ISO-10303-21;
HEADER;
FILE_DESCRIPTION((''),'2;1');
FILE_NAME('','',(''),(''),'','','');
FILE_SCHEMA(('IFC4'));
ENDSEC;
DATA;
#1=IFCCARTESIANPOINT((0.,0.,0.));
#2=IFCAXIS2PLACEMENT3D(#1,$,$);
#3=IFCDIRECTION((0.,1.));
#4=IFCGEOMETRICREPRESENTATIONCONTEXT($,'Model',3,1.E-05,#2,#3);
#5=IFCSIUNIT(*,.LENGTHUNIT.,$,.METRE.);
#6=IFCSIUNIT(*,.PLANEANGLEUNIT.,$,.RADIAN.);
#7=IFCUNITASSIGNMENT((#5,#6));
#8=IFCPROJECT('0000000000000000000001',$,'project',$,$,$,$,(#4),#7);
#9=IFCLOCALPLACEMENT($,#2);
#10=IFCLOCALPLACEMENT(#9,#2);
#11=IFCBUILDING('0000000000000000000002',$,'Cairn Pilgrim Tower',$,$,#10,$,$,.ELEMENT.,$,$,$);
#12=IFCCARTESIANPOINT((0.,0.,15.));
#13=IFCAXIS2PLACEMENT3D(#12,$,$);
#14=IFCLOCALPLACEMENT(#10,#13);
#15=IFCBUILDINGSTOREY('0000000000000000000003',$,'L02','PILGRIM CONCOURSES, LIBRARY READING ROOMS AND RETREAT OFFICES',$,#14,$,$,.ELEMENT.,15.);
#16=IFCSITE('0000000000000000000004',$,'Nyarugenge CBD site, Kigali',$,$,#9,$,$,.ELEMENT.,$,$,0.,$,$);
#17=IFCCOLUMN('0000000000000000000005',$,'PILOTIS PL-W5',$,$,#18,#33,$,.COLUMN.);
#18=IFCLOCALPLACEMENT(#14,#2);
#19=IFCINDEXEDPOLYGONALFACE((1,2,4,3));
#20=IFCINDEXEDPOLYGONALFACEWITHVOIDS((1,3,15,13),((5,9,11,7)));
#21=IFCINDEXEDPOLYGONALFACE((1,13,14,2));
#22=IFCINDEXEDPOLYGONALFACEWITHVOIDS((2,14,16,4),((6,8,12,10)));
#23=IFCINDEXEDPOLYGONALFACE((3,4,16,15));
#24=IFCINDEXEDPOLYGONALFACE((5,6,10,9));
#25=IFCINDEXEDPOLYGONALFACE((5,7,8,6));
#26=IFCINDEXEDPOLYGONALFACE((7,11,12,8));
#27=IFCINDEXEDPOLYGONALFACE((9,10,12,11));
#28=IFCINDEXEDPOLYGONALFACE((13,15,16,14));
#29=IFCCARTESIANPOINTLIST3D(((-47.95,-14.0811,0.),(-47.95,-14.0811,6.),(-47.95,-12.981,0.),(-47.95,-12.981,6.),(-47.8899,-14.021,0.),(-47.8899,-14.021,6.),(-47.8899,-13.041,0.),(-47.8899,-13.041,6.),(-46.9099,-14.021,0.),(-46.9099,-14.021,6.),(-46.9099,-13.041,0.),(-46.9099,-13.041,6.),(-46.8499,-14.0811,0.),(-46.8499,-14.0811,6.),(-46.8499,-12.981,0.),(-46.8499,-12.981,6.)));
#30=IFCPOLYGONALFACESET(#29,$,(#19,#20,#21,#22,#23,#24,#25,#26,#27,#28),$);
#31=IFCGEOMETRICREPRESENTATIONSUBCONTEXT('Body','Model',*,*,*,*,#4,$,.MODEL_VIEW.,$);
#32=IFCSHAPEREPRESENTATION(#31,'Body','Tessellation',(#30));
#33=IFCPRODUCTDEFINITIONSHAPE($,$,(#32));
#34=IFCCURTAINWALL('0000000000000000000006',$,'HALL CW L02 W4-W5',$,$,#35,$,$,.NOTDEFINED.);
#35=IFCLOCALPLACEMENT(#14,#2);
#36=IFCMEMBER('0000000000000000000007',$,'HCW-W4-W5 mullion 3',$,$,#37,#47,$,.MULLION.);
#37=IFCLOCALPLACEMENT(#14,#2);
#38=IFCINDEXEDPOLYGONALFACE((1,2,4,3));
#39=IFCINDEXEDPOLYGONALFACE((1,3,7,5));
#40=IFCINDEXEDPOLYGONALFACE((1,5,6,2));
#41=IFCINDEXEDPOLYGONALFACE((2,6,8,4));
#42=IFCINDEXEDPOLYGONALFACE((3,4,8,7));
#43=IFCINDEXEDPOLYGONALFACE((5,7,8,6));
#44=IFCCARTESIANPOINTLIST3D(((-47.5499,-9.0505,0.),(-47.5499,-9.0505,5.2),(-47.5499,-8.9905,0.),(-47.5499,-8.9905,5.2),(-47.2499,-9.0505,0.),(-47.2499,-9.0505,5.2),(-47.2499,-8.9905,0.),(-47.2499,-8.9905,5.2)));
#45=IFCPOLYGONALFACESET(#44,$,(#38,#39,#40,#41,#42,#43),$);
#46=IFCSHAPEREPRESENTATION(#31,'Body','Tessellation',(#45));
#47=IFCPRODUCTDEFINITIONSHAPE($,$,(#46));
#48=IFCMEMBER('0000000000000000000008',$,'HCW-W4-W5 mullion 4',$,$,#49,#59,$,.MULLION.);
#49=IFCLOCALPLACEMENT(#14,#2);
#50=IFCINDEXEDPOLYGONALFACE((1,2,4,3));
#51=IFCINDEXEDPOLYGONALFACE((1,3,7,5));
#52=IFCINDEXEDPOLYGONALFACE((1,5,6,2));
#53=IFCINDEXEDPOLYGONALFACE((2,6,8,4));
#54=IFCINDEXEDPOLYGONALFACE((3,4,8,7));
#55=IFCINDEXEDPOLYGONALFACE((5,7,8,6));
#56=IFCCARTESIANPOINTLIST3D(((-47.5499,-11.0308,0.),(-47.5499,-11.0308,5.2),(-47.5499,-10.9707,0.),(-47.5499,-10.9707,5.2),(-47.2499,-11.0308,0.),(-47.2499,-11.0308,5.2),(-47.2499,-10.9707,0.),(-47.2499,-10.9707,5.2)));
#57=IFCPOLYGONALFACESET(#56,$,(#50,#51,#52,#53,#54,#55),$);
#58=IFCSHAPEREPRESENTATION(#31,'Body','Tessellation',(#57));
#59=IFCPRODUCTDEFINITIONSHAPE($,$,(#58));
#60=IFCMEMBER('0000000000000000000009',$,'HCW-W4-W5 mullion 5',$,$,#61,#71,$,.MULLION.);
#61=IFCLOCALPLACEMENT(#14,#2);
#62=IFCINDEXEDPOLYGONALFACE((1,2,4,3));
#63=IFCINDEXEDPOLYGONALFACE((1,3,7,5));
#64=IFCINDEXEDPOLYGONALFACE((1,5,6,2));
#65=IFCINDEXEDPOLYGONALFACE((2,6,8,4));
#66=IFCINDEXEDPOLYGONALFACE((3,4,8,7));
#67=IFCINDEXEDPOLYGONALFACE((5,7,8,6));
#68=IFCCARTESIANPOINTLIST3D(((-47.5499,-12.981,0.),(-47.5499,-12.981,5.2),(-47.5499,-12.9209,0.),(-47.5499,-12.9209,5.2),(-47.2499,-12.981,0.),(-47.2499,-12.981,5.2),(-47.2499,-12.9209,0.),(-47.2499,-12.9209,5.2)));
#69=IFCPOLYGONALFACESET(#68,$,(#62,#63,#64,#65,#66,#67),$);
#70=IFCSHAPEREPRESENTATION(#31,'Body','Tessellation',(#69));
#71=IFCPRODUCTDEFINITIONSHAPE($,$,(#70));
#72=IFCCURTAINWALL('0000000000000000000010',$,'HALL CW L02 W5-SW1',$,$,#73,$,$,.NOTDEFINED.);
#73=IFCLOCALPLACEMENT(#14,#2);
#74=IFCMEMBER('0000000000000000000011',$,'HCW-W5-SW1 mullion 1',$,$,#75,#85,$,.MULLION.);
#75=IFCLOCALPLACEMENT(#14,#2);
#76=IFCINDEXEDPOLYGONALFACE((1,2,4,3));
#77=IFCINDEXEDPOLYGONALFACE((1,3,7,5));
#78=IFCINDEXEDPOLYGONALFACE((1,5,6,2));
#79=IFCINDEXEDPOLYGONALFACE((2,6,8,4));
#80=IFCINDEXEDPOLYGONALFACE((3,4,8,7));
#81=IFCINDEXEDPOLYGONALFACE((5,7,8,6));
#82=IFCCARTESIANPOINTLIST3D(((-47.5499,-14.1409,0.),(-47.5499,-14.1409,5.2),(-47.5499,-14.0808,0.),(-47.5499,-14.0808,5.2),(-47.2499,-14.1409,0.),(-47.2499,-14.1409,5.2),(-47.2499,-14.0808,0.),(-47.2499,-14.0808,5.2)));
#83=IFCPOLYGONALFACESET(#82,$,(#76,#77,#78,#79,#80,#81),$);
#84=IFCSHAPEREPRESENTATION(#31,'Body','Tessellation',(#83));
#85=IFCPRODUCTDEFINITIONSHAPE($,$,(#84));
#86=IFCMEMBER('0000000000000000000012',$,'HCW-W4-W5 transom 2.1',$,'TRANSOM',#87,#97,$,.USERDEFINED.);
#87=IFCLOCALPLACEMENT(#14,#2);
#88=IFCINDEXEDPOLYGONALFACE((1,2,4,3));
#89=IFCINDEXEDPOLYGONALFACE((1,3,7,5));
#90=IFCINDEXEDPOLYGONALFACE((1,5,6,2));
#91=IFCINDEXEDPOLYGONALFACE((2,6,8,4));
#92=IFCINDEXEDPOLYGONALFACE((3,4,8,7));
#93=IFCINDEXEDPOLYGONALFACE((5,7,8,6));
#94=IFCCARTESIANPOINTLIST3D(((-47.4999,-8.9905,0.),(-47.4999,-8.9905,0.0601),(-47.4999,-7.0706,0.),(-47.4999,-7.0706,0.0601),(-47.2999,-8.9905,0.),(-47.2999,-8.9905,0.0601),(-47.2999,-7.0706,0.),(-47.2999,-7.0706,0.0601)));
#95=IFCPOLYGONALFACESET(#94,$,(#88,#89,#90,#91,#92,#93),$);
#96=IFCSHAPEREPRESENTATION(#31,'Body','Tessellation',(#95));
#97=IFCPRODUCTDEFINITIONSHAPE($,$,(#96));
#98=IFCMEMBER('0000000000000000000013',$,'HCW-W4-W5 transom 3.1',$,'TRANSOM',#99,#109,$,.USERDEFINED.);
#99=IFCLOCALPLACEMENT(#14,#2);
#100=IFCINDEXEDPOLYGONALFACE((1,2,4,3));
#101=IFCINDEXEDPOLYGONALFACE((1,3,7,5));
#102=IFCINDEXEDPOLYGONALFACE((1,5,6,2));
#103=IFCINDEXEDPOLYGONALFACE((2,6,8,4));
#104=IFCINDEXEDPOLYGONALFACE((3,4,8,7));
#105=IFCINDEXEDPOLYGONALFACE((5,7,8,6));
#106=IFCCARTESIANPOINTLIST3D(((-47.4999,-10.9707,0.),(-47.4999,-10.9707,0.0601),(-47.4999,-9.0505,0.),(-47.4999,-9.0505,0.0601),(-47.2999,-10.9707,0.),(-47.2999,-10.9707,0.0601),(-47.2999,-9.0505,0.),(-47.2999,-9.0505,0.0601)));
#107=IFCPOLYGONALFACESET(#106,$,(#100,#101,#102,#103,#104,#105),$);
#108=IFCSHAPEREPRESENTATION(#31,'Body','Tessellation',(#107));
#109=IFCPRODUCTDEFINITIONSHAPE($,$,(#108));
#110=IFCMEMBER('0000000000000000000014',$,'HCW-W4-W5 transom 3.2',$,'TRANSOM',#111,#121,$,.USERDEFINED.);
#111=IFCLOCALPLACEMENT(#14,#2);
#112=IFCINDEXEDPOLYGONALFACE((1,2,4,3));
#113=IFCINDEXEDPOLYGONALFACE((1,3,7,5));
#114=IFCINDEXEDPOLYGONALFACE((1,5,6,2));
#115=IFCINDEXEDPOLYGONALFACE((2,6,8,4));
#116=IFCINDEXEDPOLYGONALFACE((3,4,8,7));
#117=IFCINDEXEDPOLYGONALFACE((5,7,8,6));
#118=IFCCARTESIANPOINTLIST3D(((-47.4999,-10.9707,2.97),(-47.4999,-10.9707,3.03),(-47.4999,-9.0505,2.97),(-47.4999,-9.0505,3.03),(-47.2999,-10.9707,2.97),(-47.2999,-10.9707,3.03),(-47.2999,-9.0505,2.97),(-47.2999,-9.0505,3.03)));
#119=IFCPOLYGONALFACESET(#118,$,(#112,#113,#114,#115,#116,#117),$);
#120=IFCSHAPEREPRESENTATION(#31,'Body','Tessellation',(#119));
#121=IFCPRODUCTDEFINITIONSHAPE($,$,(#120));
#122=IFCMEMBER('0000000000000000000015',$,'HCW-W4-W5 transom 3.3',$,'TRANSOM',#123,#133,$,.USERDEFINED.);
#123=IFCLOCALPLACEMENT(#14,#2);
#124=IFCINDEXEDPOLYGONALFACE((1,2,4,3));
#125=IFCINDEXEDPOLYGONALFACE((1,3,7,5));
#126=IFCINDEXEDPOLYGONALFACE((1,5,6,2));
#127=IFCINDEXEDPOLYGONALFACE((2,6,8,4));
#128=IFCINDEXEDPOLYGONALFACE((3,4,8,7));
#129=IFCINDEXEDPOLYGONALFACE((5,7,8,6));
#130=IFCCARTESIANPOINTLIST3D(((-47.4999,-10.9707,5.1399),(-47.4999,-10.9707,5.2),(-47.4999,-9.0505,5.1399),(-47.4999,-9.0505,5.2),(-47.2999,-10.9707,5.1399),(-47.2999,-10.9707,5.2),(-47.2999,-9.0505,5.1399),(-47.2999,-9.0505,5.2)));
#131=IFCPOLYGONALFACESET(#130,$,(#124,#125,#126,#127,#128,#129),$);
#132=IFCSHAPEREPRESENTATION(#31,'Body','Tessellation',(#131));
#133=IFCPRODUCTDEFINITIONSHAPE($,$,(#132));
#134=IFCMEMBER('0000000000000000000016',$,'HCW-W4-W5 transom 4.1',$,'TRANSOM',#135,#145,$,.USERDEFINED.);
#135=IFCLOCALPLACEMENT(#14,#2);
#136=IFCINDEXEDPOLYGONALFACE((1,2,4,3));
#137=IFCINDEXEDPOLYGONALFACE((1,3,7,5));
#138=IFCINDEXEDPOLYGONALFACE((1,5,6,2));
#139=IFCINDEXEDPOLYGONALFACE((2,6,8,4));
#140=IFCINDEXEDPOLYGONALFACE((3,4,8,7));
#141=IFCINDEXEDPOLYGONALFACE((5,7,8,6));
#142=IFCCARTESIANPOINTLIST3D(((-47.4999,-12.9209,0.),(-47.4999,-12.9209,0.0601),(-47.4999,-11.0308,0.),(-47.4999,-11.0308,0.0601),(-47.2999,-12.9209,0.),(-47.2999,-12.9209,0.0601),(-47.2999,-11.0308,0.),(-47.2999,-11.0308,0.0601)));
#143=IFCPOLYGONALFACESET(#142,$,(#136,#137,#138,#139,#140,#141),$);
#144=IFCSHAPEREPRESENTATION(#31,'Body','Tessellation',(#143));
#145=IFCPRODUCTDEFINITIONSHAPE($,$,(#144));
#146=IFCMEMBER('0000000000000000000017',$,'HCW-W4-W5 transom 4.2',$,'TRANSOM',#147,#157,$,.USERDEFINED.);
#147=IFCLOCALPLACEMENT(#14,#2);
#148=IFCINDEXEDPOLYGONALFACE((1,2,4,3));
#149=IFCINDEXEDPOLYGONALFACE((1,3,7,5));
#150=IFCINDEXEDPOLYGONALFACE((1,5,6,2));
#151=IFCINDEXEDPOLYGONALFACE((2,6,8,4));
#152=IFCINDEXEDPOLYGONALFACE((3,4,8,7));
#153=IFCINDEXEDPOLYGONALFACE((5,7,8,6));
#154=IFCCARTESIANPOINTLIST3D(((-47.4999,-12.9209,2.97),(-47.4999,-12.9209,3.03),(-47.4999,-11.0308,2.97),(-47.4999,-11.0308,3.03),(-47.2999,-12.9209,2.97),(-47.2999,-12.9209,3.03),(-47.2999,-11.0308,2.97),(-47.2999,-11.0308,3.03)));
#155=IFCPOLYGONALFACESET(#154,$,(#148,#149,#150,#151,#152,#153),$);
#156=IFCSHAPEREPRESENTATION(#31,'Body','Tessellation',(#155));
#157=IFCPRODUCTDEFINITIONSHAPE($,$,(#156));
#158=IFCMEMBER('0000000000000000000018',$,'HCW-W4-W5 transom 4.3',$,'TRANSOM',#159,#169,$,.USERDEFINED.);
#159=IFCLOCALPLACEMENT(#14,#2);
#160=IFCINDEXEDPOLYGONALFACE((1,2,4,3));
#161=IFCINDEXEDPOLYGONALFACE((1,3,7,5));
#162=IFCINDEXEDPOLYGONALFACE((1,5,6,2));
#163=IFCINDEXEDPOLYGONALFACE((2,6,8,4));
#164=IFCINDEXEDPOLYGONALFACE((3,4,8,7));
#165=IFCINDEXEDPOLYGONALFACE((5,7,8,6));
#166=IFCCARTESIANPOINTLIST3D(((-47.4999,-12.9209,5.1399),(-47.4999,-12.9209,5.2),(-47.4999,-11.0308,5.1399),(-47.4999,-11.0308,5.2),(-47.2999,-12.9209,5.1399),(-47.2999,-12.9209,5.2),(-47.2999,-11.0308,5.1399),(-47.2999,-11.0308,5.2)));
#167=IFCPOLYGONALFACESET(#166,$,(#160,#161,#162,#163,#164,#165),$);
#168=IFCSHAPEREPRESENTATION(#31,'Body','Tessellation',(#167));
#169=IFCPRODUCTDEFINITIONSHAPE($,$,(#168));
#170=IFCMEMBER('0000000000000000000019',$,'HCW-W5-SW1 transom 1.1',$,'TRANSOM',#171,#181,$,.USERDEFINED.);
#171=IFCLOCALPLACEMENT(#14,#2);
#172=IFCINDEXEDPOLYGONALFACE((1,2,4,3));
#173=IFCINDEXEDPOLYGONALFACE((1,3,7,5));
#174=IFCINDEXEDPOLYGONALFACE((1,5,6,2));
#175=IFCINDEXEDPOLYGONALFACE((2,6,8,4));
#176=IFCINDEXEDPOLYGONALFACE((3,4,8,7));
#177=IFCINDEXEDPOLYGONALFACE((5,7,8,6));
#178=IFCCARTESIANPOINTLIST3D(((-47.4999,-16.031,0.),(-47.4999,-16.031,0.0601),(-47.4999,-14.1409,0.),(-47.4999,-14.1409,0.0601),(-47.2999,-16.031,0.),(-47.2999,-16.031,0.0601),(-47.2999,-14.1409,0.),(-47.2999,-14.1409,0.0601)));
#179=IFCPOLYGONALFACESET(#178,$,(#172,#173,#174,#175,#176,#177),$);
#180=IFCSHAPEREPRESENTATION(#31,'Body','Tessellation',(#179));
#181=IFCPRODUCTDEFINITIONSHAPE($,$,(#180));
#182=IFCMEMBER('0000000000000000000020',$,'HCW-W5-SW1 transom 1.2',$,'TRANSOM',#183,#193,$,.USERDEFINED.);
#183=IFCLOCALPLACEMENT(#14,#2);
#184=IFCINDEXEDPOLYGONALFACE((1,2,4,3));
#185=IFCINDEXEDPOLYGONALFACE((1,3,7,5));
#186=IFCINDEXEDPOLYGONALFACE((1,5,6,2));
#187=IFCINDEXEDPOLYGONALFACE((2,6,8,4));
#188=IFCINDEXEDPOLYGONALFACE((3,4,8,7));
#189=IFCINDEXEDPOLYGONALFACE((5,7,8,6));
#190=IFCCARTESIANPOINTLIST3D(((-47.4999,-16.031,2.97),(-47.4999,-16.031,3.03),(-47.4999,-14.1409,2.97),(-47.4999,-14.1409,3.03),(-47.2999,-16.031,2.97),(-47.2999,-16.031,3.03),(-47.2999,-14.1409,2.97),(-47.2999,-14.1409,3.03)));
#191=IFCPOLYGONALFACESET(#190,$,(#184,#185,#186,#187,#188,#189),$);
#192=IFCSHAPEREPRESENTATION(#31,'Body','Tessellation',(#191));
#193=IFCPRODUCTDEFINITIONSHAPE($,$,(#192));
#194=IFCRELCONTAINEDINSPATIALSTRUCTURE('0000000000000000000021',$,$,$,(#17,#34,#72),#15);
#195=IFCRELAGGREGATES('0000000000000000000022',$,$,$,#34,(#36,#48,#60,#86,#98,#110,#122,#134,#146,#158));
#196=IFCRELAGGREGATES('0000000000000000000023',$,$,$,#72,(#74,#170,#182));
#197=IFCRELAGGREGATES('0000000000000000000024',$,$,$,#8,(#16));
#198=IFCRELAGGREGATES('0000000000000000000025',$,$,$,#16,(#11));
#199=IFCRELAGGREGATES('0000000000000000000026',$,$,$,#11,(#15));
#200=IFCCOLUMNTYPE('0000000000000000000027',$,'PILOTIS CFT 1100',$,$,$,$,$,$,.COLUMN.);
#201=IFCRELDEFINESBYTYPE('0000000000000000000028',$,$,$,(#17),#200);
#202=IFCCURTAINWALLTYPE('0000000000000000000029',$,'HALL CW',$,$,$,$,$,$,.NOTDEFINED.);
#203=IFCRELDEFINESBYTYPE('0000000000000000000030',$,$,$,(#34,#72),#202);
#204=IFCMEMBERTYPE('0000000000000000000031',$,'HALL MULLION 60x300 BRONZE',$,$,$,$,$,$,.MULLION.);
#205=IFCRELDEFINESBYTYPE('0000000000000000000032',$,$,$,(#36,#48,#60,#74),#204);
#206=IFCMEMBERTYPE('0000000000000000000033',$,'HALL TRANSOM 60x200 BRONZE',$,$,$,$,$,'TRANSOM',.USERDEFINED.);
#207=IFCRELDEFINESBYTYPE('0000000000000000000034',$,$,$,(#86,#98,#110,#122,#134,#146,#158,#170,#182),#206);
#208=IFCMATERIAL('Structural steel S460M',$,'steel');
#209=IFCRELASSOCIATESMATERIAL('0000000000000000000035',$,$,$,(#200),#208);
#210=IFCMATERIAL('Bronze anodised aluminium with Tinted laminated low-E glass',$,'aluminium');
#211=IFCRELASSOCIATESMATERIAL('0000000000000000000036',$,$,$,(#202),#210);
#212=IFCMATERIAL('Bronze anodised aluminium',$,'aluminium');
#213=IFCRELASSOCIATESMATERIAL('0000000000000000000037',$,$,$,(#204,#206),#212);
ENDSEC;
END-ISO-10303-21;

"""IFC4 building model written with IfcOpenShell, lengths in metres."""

from ifc_helpers import new_model, si_unit, direction, frame, origin, origin_2d, place, context, subcontext, project, spatial, rectangle, hollow_rectangle, extrude, material, material_profile, profile_set, type_object, element, aggregate, save


model = new_model("IFC4")

# Units and contexts
model_context = context("Model", 3, precision=1e-05, world=origin(), true_north=direction((0.0, 1.0)))
body_context = subcontext(model_context, "Body", "Model", "MODEL_VIEW")
ifc_project = project(units=[si_unit("LENGTHUNIT", "METRE"), si_unit("PLANEANGLEUNIT", "RADIAN")], contexts=[model_context])

# Site, building, storey
site_placement = place(None, origin())
site = spatial("IfcSite", under=ifc_project, at=site_placement, Name="Nyarugenge CBD site, Kigali", CompositionType="ELEMENT", RefElevation=0.0)
building_placement = place(site_placement, origin())
building = spatial("IfcBuilding", under=site, at=building_placement, Name="Cairn Pilgrim Tower", CompositionType="ELEMENT")
storey_placement = place(building_placement, frame((0.0, 0.0, 15.0)))
storey = spatial("IfcBuildingStorey", under=building, at=storey_placement, Name="L02", Description="PILGRIM CONCOURSES, LIBRARY READING ROOMS AND RETREAT OFFICES", CompositionType="ELEMENT", Elevation=15.0)

# Column
ifc_material_1 = material(Name="Structural steel S460M", Category="steel")
ifc_material_profile_1 = material_profile(ifc_material_1, hollow_rectangle(XDim=1.1001, YDim=1.1001, WallThickness=0.0601, at=origin_2d()), Name="BOX 1100x1100x60")
ifc_profile_set_1 = profile_set([ifc_material_profile_1], Name="Structural steel S460M")
column_type = type_object("IfcColumnType", Name="PILOTIS CFT 1100", PredefinedType="COLUMN", material=ifc_profile_set_1)
column_placement = place(storey_placement, frame((-47.3999, -13.531, 0.0), z_axis=(0.0, 0.0, 1.0), x_axis=(1.0, 0.0, 0.0)))
element("IfcColumn", 1, at=column_placement, inside=storey, type_object=column_type, Name="PILOTIS PL-W5", PredefinedType="COLUMN", context=body_context, shape_type="SweptSolid", body=[
    extrude(hollow_rectangle(XDim=1.1001, YDim=1.1001, WallThickness=0.0601, at=origin_2d()), origin(), (0.0, 0.0, 1.0), 6.0),
])

# Curtain wall, members
ifc_material_2 = material(Name="Bronze anodised aluminium with Tinted laminated low-E glass", Category="aluminium")
curtain_wall_type = type_object("IfcCurtainWallType", Name="HALL CW", PredefinedType="NOTDEFINED", material=ifc_material_2)
curtain_wall_1_placement = place(storey_placement, origin())
curtain_wall_1 = element("IfcCurtainWall", 2, at=curtain_wall_1_placement, inside=storey, type_object=curtain_wall_type, Name="HALL CW L02 W4-W5", PredefinedType="NOTDEFINED")
ifc_material_3 = material(Name="Bronze anodised aluminium", Category="aluminium")
ifc_material_profile_2 = material_profile(ifc_material_3, rectangle(XDim=0.3, YDim=0.0601, at=origin_2d()), Name="HALL MULLION 60x300 BRONZE")
ifc_profile_set_2 = profile_set([ifc_material_profile_2], Name="Bronze anodised aluminium")
member_type_1 = type_object("IfcMemberType", Name="HALL MULLION 60x300 BRONZE", PredefinedType="MULLION", material=ifc_profile_set_2)
member_1_placement = place(storey_placement, frame((-47.3999, -9.0205, 0.0), z_axis=(0.0, 0.0, 1.0), x_axis=(1.0, 0.0, 0.0)))
member_1 = element("IfcMember", 3, at=member_1_placement, type_object=member_type_1, Name="HCW-W4-W5 mullion 3", PredefinedType="MULLION", context=body_context, shape_type="SweptSolid", body=[
    extrude(rectangle(XDim=0.3, YDim=0.0601, at=origin_2d()), origin(), (0.0, 0.0, 1.0), 5.2),
])
member_2_placement = place(storey_placement, frame((-47.3999, -11.0007, 0.0), z_axis=(0.0, 0.0, 1.0), x_axis=(1.0, 0.0, 0.0)))
member_2 = element("IfcMember", 4, at=member_2_placement, type_object=member_type_1, Name="HCW-W4-W5 mullion 4", PredefinedType="MULLION", context=body_context, shape_type="SweptSolid", body=[
    extrude(rectangle(XDim=0.3, YDim=0.0601, at=origin_2d()), origin(), (0.0, 0.0, 1.0), 5.2),
])
member_3_placement = place(storey_placement, frame((-47.3999, -12.9509, 0.0), z_axis=(0.0, 0.0, 1.0), x_axis=(1.0, 0.0, 0.0)))
member_3 = element("IfcMember", 5, at=member_3_placement, type_object=member_type_1, Name="HCW-W4-W5 mullion 5", PredefinedType="MULLION", context=body_context, shape_type="SweptSolid", body=[
    extrude(rectangle(XDim=0.3, YDim=0.0601, at=origin_2d()), origin(), (0.0, 0.0, 1.0), 5.2),
])

# Curtain wall, member
curtain_wall_2_placement = place(storey_placement, origin())
curtain_wall_2 = element("IfcCurtainWall", 6, at=curtain_wall_2_placement, inside=storey, type_object=curtain_wall_type, Name="HALL CW L02 W5-SW1", PredefinedType="NOTDEFINED")
member_4_placement = place(storey_placement, frame((-47.3999, -14.1108, 0.0), z_axis=(0.0, 0.0, 1.0), x_axis=(1.0, 0.0, 0.0)))
member_4 = element("IfcMember", 7, at=member_4_placement, type_object=member_type_1, Name="HCW-W5-SW1 mullion 1", PredefinedType="MULLION", context=body_context, shape_type="SweptSolid", body=[
    extrude(rectangle(XDim=0.3, YDim=0.0601, at=origin_2d()), origin(), (0.0, 0.0, 1.0), 5.2),
])

# Members
ifc_material_profile_3 = material_profile(ifc_material_3, rectangle(XDim=0.2, YDim=0.0601, at=origin_2d()), Name="HALL TRANSOM 60x200 BRONZE")
ifc_profile_set_3 = profile_set([ifc_material_profile_3], Name="Bronze anodised aluminium")
member_type_2 = type_object("IfcMemberType", Name="HALL TRANSOM 60x200 BRONZE", ElementType="TRANSOM", PredefinedType="USERDEFINED", material=ifc_profile_set_3)
member_5_placement = place(storey_placement, frame((-47.3999, -7.0706, 0.03), z_axis=(0.0, -1.0, 0.0), x_axis=(1.0, 0.0, 0.0)))
member_5 = element("IfcMember", 8, at=member_5_placement, type_object=member_type_2, Name="HCW-W4-W5 transom 2.1", ObjectType="TRANSOM", PredefinedType="USERDEFINED", context=body_context, shape_type="SweptSolid", body=[
    extrude(rectangle(XDim=0.2, YDim=0.0601, at=origin_2d()), origin(), (0.0, 0.0, 1.0), 1.9199),
])
member_6_placement = place(storey_placement, frame((-47.3999, -9.0505, 0.03), z_axis=(0.0, -1.0, 0.0), x_axis=(1.0, 0.0, 0.0)))
member_6 = element("IfcMember", 9, at=member_6_placement, type_object=member_type_2, Name="HCW-W4-W5 transom 3.1", ObjectType="TRANSOM", PredefinedType="USERDEFINED", context=body_context, shape_type="SweptSolid", body=[
    extrude(rectangle(XDim=0.2, YDim=0.0601, at=origin_2d()), origin(), (0.0, 0.0, 1.0), 1.9202),
])
member_7_placement = place(storey_placement, frame((-47.3999, -9.0505, 3.0), z_axis=(0.0, -1.0, 0.0), x_axis=(1.0, 0.0, 0.0)))
member_7 = element("IfcMember", 10, at=member_7_placement, type_object=member_type_2, Name="HCW-W4-W5 transom 3.2", ObjectType="TRANSOM", PredefinedType="USERDEFINED", context=body_context, shape_type="SweptSolid", body=[
    extrude(rectangle(XDim=0.2, YDim=0.0601, at=origin_2d()), origin(), (0.0, 0.0, 1.0), 1.9202),
])
member_8_placement = place(storey_placement, frame((-47.3999, -9.0505, 5.1699), z_axis=(0.0, -1.0, 0.0), x_axis=(1.0, 0.0, 0.0)))
member_8 = element("IfcMember", 11, at=member_8_placement, type_object=member_type_2, Name="HCW-W4-W5 transom 3.3", ObjectType="TRANSOM", PredefinedType="USERDEFINED", context=body_context, shape_type="SweptSolid", body=[
    extrude(rectangle(XDim=0.2, YDim=0.0601, at=origin_2d()), origin(), (0.0, 0.0, 1.0), 1.9202),
])
member_9_placement = place(storey_placement, frame((-47.3999, -11.0308, 0.03), z_axis=(0.0, -1.0, 0.0), x_axis=(1.0, 0.0, 0.0)))
member_9 = element("IfcMember", 12, at=member_9_placement, type_object=member_type_2, Name="HCW-W4-W5 transom 4.1", ObjectType="TRANSOM", PredefinedType="USERDEFINED", context=body_context, shape_type="SweptSolid", body=[
    extrude(rectangle(XDim=0.2, YDim=0.0601, at=origin_2d()), origin(), (0.0, 0.0, 1.0), 1.8901),
])
member_10_placement = place(storey_placement, frame((-47.3999, -11.0308, 3.0), z_axis=(0.0, -1.0, 0.0), x_axis=(1.0, 0.0, 0.0)))
member_10 = element("IfcMember", 13, at=member_10_placement, type_object=member_type_2, Name="HCW-W4-W5 transom 4.2", ObjectType="TRANSOM", PredefinedType="USERDEFINED", context=body_context, shape_type="SweptSolid", body=[
    extrude(rectangle(XDim=0.2, YDim=0.0601, at=origin_2d()), origin(), (0.0, 0.0, 1.0), 1.8901),
])
member_11_placement = place(storey_placement, frame((-47.3999, -11.0308, 5.1699), z_axis=(0.0, -1.0, 0.0), x_axis=(1.0, 0.0, 0.0)))
member_11 = element("IfcMember", 14, at=member_11_placement, type_object=member_type_2, Name="HCW-W4-W5 transom 4.3", ObjectType="TRANSOM", PredefinedType="USERDEFINED", context=body_context, shape_type="SweptSolid", body=[
    extrude(rectangle(XDim=0.2, YDim=0.0601, at=origin_2d()), origin(), (0.0, 0.0, 1.0), 1.8901),
])
member_12_placement = place(storey_placement, frame((-47.3999, -14.1409, 0.03), z_axis=(0.0, -1.0, 0.0), x_axis=(1.0, 0.0, 0.0)))
member_12 = element("IfcMember", 15, at=member_12_placement, type_object=member_type_2, Name="HCW-W5-SW1 transom 1.1", ObjectType="TRANSOM", PredefinedType="USERDEFINED", context=body_context, shape_type="SweptSolid", body=[
    extrude(rectangle(XDim=0.2, YDim=0.0601, at=origin_2d()), origin(), (0.0, 0.0, 1.0), 1.8901),
])
member_13_placement = place(storey_placement, frame((-47.3999, -14.1409, 3.0), z_axis=(0.0, -1.0, 0.0), x_axis=(1.0, 0.0, 0.0)))
member_13 = element("IfcMember", 16, at=member_13_placement, type_object=member_type_2, Name="HCW-W5-SW1 transom 1.2", ObjectType="TRANSOM", PredefinedType="USERDEFINED", context=body_context, shape_type="SweptSolid", body=[
    extrude(rectangle(XDim=0.2, YDim=0.0601, at=origin_2d()), origin(), (0.0, 0.0, 1.0), 1.8901),
])

aggregate(curtain_wall_1, [member_1, member_2, member_3, member_5, member_6, member_7, member_8, member_9, member_10, member_11])
aggregate(curtain_wall_2, [member_4, member_12, member_13])

save(model, "model.ifc")
